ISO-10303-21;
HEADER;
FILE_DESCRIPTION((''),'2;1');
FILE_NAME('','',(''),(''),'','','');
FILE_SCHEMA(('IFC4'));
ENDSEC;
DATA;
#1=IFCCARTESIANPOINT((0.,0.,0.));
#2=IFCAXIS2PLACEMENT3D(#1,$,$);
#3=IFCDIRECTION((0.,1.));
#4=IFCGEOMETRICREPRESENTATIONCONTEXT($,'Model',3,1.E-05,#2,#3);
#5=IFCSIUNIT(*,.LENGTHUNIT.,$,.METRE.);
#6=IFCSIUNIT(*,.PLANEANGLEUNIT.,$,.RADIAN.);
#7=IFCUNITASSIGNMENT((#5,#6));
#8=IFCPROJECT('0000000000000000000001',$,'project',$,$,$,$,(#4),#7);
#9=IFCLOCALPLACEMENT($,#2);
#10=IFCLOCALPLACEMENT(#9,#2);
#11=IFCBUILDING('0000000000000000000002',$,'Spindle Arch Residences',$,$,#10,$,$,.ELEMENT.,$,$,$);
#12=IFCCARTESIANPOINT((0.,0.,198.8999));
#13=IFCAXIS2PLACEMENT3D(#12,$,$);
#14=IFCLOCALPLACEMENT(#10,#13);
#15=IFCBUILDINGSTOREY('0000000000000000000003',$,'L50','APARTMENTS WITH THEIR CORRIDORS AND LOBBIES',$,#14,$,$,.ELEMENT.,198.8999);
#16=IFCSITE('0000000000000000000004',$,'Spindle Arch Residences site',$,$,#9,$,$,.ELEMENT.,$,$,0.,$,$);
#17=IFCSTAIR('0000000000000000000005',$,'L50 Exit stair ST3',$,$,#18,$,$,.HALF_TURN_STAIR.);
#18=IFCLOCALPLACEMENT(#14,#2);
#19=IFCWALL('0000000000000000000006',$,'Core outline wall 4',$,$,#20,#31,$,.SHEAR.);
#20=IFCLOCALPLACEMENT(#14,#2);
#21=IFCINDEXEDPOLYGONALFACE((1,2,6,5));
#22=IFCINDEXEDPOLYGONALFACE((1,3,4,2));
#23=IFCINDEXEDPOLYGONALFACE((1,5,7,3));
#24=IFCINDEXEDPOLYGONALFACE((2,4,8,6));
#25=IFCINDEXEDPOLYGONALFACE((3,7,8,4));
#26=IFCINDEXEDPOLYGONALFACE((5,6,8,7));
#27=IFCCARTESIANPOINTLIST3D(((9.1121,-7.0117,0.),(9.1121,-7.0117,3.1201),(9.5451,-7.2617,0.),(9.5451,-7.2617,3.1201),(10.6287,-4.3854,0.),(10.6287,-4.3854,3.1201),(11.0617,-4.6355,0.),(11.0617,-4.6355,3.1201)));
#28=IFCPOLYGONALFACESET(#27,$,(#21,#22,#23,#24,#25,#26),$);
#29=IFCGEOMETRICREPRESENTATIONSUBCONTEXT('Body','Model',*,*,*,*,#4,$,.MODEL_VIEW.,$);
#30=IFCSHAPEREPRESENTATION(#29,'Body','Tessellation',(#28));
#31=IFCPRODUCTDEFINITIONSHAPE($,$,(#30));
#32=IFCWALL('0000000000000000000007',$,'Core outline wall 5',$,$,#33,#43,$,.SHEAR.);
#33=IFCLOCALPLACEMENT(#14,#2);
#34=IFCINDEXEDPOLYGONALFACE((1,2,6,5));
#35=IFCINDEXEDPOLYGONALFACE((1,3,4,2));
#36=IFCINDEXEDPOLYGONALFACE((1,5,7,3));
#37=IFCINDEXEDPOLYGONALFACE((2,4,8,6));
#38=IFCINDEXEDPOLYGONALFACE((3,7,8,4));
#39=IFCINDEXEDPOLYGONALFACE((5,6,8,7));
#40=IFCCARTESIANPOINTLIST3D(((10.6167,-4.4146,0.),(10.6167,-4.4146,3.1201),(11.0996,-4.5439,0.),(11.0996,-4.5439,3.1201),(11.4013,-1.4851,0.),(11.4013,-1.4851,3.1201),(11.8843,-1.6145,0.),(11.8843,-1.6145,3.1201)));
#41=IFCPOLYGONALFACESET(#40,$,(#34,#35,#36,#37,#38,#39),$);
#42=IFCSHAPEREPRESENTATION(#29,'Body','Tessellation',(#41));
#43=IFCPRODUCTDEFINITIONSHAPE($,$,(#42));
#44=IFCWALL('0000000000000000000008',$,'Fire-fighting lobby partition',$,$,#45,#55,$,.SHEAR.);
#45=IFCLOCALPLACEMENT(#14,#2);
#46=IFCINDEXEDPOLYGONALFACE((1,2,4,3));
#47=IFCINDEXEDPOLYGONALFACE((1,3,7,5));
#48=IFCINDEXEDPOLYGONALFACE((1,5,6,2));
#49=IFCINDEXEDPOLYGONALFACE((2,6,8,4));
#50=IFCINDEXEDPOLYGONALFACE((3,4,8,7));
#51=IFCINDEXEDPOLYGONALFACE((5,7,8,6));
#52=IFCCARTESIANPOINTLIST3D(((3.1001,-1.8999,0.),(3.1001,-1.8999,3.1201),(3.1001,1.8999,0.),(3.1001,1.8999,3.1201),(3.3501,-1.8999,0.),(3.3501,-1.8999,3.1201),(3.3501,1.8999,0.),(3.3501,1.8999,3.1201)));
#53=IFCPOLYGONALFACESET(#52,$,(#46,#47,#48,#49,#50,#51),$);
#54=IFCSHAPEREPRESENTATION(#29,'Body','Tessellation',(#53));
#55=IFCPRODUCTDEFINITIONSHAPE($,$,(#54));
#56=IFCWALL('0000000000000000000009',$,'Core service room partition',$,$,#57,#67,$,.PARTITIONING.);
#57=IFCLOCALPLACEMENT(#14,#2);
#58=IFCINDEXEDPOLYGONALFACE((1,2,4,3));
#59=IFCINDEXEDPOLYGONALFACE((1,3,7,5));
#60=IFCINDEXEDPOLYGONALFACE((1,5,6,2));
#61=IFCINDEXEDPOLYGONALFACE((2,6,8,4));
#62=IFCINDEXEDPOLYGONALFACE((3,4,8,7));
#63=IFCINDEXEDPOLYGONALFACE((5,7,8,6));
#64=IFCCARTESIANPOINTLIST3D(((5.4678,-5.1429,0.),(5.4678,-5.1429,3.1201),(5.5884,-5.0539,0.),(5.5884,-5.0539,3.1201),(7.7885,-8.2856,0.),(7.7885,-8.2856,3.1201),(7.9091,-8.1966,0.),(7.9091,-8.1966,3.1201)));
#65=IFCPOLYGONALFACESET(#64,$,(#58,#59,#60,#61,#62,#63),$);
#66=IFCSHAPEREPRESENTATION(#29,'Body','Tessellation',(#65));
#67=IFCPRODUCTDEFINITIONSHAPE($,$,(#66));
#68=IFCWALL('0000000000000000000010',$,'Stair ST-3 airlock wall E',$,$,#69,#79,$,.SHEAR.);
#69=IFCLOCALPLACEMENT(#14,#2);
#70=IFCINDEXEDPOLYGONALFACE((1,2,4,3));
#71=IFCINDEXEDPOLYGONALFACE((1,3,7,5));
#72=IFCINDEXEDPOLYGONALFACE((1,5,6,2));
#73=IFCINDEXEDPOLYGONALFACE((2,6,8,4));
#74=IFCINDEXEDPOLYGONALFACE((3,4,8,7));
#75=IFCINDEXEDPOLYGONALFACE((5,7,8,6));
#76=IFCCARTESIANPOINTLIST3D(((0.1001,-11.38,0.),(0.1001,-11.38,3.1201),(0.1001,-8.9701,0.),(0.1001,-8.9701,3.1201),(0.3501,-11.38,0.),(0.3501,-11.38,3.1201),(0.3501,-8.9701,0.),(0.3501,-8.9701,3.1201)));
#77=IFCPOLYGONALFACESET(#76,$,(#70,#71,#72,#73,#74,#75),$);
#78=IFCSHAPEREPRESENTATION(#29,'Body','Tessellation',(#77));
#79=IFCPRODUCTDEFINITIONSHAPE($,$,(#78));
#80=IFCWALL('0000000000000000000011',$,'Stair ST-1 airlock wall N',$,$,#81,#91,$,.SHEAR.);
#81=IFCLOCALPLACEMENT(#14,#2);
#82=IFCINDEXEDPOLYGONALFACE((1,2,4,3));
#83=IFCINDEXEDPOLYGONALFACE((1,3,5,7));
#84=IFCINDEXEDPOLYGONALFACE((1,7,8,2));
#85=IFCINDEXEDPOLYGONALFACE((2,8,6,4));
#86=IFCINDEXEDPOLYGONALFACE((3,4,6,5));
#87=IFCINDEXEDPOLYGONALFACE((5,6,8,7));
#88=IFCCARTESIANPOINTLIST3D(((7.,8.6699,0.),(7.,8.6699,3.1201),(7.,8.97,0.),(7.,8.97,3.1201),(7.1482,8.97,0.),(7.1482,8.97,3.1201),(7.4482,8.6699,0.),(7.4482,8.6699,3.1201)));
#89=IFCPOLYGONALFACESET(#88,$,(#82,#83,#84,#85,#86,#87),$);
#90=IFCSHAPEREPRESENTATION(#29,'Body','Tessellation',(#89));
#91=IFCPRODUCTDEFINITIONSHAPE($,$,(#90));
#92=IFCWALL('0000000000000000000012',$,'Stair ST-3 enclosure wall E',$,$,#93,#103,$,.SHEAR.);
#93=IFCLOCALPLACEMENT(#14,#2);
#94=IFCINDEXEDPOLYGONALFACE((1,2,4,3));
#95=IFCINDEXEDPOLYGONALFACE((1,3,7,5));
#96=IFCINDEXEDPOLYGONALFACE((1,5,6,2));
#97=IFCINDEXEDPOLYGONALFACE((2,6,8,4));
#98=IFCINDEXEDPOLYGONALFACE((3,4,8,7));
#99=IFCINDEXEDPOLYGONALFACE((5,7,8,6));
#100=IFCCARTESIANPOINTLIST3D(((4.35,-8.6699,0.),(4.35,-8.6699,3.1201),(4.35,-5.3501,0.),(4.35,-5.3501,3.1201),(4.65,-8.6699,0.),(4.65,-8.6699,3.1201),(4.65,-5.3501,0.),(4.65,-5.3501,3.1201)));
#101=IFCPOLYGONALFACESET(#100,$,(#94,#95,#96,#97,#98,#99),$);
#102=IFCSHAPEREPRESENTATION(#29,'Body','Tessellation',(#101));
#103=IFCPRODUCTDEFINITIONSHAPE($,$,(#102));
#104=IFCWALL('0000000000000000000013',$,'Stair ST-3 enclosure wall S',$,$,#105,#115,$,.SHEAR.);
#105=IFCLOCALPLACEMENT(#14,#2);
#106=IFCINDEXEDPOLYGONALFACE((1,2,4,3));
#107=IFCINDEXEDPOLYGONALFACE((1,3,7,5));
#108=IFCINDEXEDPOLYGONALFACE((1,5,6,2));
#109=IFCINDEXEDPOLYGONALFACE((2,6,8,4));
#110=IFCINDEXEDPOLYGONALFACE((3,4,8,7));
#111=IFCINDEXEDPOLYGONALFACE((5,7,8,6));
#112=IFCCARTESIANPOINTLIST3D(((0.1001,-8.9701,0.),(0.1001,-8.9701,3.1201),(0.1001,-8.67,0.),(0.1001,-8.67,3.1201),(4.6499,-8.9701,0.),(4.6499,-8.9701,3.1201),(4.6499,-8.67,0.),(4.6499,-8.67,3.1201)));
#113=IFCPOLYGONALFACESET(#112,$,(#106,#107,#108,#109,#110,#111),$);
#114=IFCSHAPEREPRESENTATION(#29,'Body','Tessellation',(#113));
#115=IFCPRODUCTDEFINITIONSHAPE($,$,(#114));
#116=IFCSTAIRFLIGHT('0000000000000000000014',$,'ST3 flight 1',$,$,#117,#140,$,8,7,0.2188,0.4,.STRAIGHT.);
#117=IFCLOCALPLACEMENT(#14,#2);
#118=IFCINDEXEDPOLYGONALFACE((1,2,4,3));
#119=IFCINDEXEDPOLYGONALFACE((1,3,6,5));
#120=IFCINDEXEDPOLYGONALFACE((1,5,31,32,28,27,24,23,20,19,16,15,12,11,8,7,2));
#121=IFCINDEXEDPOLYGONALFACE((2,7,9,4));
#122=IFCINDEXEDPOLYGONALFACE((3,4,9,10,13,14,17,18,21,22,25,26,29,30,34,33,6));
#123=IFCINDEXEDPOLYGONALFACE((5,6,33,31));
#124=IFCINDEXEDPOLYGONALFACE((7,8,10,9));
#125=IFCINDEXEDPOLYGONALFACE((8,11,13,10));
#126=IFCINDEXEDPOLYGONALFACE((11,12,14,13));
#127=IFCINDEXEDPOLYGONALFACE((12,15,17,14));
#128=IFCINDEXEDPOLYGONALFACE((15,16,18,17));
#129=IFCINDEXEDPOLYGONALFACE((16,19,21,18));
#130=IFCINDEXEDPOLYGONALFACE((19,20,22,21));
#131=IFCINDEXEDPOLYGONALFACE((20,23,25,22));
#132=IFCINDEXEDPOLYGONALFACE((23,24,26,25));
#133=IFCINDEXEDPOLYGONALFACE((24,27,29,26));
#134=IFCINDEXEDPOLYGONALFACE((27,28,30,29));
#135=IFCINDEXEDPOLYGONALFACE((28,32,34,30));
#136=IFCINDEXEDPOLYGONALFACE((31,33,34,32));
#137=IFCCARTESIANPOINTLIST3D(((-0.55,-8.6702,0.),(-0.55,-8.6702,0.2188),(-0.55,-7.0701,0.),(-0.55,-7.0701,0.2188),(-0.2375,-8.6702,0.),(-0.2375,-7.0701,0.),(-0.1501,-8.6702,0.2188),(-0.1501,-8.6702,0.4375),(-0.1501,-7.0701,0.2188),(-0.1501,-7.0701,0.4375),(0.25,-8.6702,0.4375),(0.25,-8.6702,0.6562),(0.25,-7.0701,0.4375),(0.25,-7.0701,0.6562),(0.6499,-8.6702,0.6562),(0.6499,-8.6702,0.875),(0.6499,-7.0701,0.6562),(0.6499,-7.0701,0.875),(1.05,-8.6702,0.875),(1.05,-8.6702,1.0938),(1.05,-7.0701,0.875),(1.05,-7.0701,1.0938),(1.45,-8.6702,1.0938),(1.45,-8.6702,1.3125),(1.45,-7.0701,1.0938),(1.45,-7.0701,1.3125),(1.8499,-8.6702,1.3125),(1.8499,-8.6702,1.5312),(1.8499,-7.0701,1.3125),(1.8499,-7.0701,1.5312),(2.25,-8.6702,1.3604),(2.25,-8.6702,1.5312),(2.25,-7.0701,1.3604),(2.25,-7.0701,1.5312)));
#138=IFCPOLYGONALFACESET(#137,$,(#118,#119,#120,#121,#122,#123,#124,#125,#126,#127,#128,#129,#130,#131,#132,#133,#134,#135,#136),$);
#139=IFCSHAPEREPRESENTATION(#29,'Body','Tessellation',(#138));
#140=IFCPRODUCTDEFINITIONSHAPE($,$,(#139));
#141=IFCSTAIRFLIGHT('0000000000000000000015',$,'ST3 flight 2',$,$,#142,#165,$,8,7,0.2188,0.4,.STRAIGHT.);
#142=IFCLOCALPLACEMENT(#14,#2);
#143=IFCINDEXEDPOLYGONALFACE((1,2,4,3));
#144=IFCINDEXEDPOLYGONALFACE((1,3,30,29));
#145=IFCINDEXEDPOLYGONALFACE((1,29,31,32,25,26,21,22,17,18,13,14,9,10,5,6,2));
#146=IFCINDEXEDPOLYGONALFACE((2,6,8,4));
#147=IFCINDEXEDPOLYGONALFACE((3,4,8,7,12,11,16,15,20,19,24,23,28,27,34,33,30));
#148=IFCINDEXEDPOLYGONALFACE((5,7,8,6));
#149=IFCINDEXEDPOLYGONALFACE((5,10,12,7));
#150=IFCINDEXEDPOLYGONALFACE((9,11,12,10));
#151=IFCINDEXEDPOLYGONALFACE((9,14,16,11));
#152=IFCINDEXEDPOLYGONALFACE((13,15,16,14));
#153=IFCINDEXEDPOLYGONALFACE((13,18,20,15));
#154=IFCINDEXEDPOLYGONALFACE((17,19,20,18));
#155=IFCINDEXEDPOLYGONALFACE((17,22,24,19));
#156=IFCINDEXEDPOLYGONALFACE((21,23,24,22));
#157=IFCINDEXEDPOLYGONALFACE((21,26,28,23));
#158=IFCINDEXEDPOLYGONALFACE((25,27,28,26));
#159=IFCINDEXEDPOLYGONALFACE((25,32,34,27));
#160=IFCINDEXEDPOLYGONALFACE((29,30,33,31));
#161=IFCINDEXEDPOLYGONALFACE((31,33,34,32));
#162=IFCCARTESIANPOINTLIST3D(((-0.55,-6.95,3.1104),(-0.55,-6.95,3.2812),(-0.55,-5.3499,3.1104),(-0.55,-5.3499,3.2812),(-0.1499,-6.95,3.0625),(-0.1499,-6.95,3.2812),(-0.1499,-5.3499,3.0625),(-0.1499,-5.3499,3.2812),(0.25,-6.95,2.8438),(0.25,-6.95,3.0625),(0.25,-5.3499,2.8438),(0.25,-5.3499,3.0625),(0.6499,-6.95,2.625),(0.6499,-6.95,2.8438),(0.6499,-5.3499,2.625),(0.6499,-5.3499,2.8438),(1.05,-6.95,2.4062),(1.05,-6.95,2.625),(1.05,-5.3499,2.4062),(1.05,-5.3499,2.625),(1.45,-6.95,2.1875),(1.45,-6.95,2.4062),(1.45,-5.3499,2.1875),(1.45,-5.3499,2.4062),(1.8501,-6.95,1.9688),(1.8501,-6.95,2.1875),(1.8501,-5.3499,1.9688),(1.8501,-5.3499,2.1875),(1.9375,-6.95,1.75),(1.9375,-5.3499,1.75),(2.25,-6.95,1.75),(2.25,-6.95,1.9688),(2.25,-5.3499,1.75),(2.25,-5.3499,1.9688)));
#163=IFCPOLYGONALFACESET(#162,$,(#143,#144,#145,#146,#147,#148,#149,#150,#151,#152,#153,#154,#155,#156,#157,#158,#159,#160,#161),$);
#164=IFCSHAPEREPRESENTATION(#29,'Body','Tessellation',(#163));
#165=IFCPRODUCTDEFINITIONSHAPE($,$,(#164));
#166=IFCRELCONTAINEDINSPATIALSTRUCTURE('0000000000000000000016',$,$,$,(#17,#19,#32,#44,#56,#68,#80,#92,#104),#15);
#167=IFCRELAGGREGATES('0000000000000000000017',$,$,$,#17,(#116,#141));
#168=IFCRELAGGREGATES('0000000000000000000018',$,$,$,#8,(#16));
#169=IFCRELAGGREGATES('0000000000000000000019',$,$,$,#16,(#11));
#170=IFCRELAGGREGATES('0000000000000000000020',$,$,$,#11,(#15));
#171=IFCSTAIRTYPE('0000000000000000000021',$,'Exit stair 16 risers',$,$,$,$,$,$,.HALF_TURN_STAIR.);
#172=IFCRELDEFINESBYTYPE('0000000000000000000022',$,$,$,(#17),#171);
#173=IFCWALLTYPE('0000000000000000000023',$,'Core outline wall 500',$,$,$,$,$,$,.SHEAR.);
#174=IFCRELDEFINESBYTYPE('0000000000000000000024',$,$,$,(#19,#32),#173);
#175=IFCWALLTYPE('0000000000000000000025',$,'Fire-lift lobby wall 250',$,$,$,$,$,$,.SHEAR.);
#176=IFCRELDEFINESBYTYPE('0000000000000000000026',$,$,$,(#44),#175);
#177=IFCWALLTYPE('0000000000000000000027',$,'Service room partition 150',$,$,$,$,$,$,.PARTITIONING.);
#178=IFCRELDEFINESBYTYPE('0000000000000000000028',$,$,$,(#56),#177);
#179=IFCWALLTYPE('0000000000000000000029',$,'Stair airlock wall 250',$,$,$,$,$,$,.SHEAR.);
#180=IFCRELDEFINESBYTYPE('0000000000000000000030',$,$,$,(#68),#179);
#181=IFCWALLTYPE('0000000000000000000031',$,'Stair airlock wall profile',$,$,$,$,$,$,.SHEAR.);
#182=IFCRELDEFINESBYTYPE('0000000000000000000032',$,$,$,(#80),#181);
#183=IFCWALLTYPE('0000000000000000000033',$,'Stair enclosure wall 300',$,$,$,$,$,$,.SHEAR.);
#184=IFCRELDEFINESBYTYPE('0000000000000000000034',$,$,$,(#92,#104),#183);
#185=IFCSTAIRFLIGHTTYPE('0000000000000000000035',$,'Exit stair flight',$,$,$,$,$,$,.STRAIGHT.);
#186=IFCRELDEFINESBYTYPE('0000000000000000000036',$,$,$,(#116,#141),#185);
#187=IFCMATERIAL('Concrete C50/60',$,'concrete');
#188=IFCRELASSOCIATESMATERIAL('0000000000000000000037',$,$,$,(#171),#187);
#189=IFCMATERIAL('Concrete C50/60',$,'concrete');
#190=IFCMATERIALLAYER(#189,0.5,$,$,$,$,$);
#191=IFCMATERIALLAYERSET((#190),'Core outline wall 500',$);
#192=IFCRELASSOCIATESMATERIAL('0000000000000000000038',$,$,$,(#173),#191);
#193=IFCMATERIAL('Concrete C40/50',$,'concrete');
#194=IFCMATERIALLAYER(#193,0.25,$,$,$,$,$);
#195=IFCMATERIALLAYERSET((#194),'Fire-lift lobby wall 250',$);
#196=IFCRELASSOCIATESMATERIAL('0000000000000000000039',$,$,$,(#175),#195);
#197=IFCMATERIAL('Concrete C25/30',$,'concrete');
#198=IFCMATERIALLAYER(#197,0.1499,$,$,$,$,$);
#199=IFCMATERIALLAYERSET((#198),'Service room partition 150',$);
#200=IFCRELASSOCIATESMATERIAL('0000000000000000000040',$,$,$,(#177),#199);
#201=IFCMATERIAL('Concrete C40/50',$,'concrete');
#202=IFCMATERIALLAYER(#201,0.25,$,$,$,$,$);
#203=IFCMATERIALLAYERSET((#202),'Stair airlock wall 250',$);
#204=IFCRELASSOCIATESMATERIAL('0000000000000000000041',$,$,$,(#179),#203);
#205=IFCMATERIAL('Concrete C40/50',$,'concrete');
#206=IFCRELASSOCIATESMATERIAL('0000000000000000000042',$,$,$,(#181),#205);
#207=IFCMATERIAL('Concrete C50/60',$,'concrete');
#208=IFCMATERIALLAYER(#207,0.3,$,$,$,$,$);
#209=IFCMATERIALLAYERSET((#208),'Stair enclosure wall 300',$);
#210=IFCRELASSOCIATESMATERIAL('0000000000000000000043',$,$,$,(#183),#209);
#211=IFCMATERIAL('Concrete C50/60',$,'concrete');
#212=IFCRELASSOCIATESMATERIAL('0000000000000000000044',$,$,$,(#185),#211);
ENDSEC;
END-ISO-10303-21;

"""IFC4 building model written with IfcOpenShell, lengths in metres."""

from ifc_helpers import new_model, si_unit, direction, frame, frame_2d, origin, place, context, subcontext, project, spatial, polyline, rectangle, outline, extrude, material, layer, layer_set, type_object, element, aggregate, save


model = new_model("IFC4")

# Units and contexts
model_context = context("Model", 3, precision=1e-05, world=origin(), true_north=direction((0.0, 1.0)))
body_context = subcontext(model_context, "Body", "Model", "MODEL_VIEW")
ifc_project = project(units=[si_unit("LENGTHUNIT", "METRE"), si_unit("PLANEANGLEUNIT", "RADIAN")], contexts=[model_context])

# Site, building, storey
site_placement = place(None, origin())
site = spatial("IfcSite", under=ifc_project, at=site_placement, Name="Spindle Arch Residences site", CompositionType="ELEMENT", RefElevation=0.0)
building_placement = place(site_placement, origin())
building = spatial("IfcBuilding", under=site, at=building_placement, Name="Spindle Arch Residences", CompositionType="ELEMENT")
storey_placement = place(building_placement, frame((0.0, 0.0, 198.8999)))
storey = spatial("IfcBuildingStorey", under=building, at=storey_placement, Name="L50", Description="APARTMENTS WITH THEIR CORRIDORS AND LOBBIES", CompositionType="ELEMENT", Elevation=198.8999)

# Stair
ifc_material_1 = material(Name="Concrete C50/60", Category="concrete")
stair_type = type_object("IfcStairType", Name="Exit stair 16 risers", PredefinedType="HALF_TURN_STAIR", material=ifc_material_1)
stair_1_placement = place(storey_placement, origin())
stair_1 = element("IfcStair", 1, at=stair_1_placement, inside=storey, type_object=stair_type, Name="L50 Exit stair ST3", PredefinedType="HALF_TURN_STAIR")

# Walls
ifc_material_2 = material(Name="Concrete C50/60", Category="concrete")
ifc_layer_1 = layer(ifc_material_2, 0.5)
ifc_layer_set_1 = layer_set([ifc_layer_1], Name="Core outline wall 500")
wall_type_1 = type_object("IfcWallType", Name="Core outline wall 500", PredefinedType="SHEAR", material=ifc_layer_set_1)
for number, where, z_axis, x_axis, name in (
    (2, (9.3286, -7.1367, 0.0), (0.0, 0.0, 1.0), (0.500087, 0.865975, 0.0), "Core outline wall 4"),
    (3, (10.8582, -4.4792, 0.0), (0.0, 0.0, 1.0), (0.258735, 0.965948, 0.0), "Core outline wall 5"),
):
    element("IfcWall", number, at=place(storey_placement, frame(where, z_axis=z_axis, x_axis=x_axis)), inside=storey, type_object=wall_type_1, Name=name, PredefinedType="SHEAR", context=body_context, shape_type="SweptSolid", body=[
        extrude(rectangle(XDim=3.0327, YDim=0.5, at=frame_2d((1.5164, 0.0))), origin(), (0.0, 0.0, 1.0), 3.1201),
    ])
ifc_material_3 = material(Name="Concrete C40/50", Category="concrete")
ifc_layer_2 = layer(ifc_material_3, 0.25)
ifc_layer_set_2 = layer_set([ifc_layer_2], Name="Fire-lift lobby wall 250")
wall_type_2 = type_object("IfcWallType", Name="Fire-lift lobby wall 250", PredefinedType="SHEAR", material=ifc_layer_set_2)
wall_1_placement = place(storey_placement, frame((3.2251, -1.8999, 0.0), z_axis=(0.0, 0.0, 1.0), x_axis=(0.0, 1.0, 0.0)))
element("IfcWall", 4, at=wall_1_placement, inside=storey, type_object=wall_type_2, Name="Fire-fighting lobby partition", PredefinedType="SHEAR", context=body_context, shape_type="SweptSolid", body=[
    extrude(rectangle(XDim=3.7998, YDim=0.25, at=frame_2d((1.8999, 0.0))), origin(), (0.0, 0.0, 1.0), 3.1201),
])

# Walls
ifc_material_4 = material(Name="Concrete C25/30", Category="concrete")
ifc_layer_3 = layer(ifc_material_4, 0.1499)
ifc_layer_set_3 = layer_set([ifc_layer_3], Name="Service room partition 150")
wall_type_3 = type_object("IfcWallType", Name="Service room partition 150", PredefinedType="PARTITIONING", material=ifc_layer_set_3)
wall_2_placement = place(storey_placement, frame((5.5281, -5.0984, 0.0), z_axis=(0.0, 0.0, 1.0), x_axis=(0.594034, -0.80444, 0.0)))
element("IfcWall", 5, at=wall_2_placement, inside=storey, type_object=wall_type_3, Name="Core service room partition", PredefinedType="PARTITIONING", context=body_context, shape_type="SweptSolid", body=[
    extrude(rectangle(XDim=3.9067, YDim=0.1499, at=frame_2d((1.9534, 0.0))), origin(), (0.0, 0.0, 1.0), 3.1201),
])
ifc_material_5 = material(Name="Concrete C40/50", Category="concrete")
ifc_layer_4 = layer(ifc_material_5, 0.25)
ifc_layer_set_4 = layer_set([ifc_layer_4], Name="Stair airlock wall 250")
wall_type_4 = type_object("IfcWallType", Name="Stair airlock wall 250", PredefinedType="SHEAR", material=ifc_layer_set_4)
wall_3_placement = place(storey_placement, frame((0.2251, -8.97, 0.0), z_axis=(0.0, 0.0, 1.0), x_axis=(0.0, -1.0, 0.0)))
element("IfcWall", 6, at=wall_3_placement, inside=storey, type_object=wall_type_4, Name="Stair ST-3 airlock wall E", PredefinedType="SHEAR", context=body_context, shape_type="SweptSolid", body=[
    extrude(rectangle(XDim=2.4099, YDim=0.25, at=frame_2d((1.2051, 0.0))), origin(), (0.0, 0.0, 1.0), 3.1201),
])
ifc_material_6 = material(Name="Concrete C40/50", Category="concrete")
wall_type_5 = type_object("IfcWallType", Name="Stair airlock wall profile", PredefinedType="SHEAR", material=ifc_material_6)
wall_4_placement = place(storey_placement, origin())
element("IfcWall", 7, at=wall_4_placement, inside=storey, type_object=wall_type_5, Name="Stair ST-1 airlock wall N", PredefinedType="SHEAR", context=body_context, shape_type="SweptSolid", body=[
    extrude(outline(polyline([(7.4482, 8.6699), (7.0, 8.6699), (7.0, 8.97), (7.1482, 8.97), (7.4482, 8.6699)])), origin(), (0.0, 0.0, 1.0), 3.1201),
])
ifc_material_7 = material(Name="Concrete C50/60", Category="concrete")
ifc_layer_5 = layer(ifc_material_7, 0.3)
ifc_layer_set_5 = layer_set([ifc_layer_5], Name="Stair enclosure wall 300")
wall_type_6 = type_object("IfcWallType", Name="Stair enclosure wall 300", PredefinedType="SHEAR", material=ifc_layer_set_5)
wall_5_placement = place(storey_placement, frame((4.5, -8.6699, 0.0), z_axis=(0.0, 0.0, 1.0), x_axis=(0.0, 1.0, 0.0)))
element("IfcWall", 8, at=wall_5_placement, inside=storey, type_object=wall_type_6, Name="Stair ST-3 enclosure wall E", PredefinedType="SHEAR", context=body_context, shape_type="SweptSolid", body=[
    extrude(rectangle(XDim=3.3198, YDim=0.3, at=frame_2d((1.6599, 0.0))), origin(), (0.0, 0.0, 1.0), 3.1201),
])
wall_6_placement = place(storey_placement, frame((0.1001, -8.8201, 0.0), z_axis=(0.0, 0.0, 1.0), x_axis=(1.0, 0.0, 0.0)))
element("IfcWall", 9, at=wall_6_placement, inside=storey, type_object=wall_type_6, Name="Stair ST-3 enclosure wall S", PredefinedType="SHEAR", context=body_context, shape_type="SweptSolid", body=[
    extrude(rectangle(XDim=4.5498, YDim=0.3, at=frame_2d((2.2749, 0.0))), origin(), (0.0, 0.0, 1.0), 3.1201),
])

# Stair flights
ifc_material_8 = material(Name="Concrete C50/60", Category="concrete")
stair_flight_type = type_object("IfcStairFlightType", Name="Exit stair flight", PredefinedType="STRAIGHT", material=ifc_material_8)
stair_flight_1_placement = place(storey_placement, frame((-0.55, -7.8701, 0.0), z_axis=(0.0, 0.0, 1.0), x_axis=(1.0, 0.0, 0.0)))
stair_flight_1 = element("IfcStairFlight", 10, at=stair_flight_1_placement, type_object=stair_flight_type, Name="ST3 flight 1", NumberOfRisers=8, NumberOfTreads=7, PredefinedType="STRAIGHT", RiserHeight=0.2188, TreadLength=0.4, context=body_context, shape_type="SweptSolid", body=[
    extrude(outline(polyline([(0.0, 0.0), (0.0, 0.2188), (0.3999, 0.2188), (0.3999, 0.4375), (0.8, 0.4375), (0.8, 0.6562), (1.2, 0.6562), (1.2, 0.875), (1.6001, 0.875), (1.6001, 1.0938), (2.0, 1.0938), (2.0, 1.3125), (2.3999, 1.3125), (2.3999, 1.5312), (2.8, 1.5312), (2.8, 1.75), (2.8, 1.3604), (0.3125, 0.0), (0.0, 0.0)])), frame((0.0, 0.8, 0.0), z_axis=(0.0, -1.0, 0.0), x_axis=(1.0, 0.0, 0.0)), (0.0, 0.0, 1.0), 1.6001),
])
stair_flight_2_placement = place(storey_placement, frame((2.25, -6.1499, 1.75), z_axis=(0.0, 0.0, 1.0), x_axis=(-1.0, 0.0, 0.0)))
stair_flight_2 = element("IfcStairFlight", 11, at=stair_flight_2_placement, type_object=stair_flight_type, Name="ST3 flight 2", NumberOfRisers=8, NumberOfTreads=7, PredefinedType="STRAIGHT", RiserHeight=0.2188, TreadLength=0.4, context=body_context, shape_type="SweptSolid", body=[
    extrude(outline(polyline([(0.0, 0.0), (0.0, 0.2188), (0.3999, 0.2188), (0.3999, 0.4375), (0.8, 0.4375), (0.8, 0.6562), (1.2, 0.6562), (1.2, 0.875), (1.6001, 0.875), (1.6001, 1.0938), (2.0, 1.0938), (2.0, 1.3125), (2.3999, 1.3125), (2.3999, 1.5312), (2.8, 1.5312), (2.8, 1.75), (2.8, 1.3604), (0.3125, 0.0), (0.0, 0.0)])), frame((0.0, 0.8, 0.0), z_axis=(0.0, -1.0, 0.0), x_axis=(1.0, 0.0, 0.0)), (0.0, 0.0, 1.0), 1.6001),
])
aggregate(stair_1, [stair_flight_1, stair_flight_2])

save(model, "model.ifc")
